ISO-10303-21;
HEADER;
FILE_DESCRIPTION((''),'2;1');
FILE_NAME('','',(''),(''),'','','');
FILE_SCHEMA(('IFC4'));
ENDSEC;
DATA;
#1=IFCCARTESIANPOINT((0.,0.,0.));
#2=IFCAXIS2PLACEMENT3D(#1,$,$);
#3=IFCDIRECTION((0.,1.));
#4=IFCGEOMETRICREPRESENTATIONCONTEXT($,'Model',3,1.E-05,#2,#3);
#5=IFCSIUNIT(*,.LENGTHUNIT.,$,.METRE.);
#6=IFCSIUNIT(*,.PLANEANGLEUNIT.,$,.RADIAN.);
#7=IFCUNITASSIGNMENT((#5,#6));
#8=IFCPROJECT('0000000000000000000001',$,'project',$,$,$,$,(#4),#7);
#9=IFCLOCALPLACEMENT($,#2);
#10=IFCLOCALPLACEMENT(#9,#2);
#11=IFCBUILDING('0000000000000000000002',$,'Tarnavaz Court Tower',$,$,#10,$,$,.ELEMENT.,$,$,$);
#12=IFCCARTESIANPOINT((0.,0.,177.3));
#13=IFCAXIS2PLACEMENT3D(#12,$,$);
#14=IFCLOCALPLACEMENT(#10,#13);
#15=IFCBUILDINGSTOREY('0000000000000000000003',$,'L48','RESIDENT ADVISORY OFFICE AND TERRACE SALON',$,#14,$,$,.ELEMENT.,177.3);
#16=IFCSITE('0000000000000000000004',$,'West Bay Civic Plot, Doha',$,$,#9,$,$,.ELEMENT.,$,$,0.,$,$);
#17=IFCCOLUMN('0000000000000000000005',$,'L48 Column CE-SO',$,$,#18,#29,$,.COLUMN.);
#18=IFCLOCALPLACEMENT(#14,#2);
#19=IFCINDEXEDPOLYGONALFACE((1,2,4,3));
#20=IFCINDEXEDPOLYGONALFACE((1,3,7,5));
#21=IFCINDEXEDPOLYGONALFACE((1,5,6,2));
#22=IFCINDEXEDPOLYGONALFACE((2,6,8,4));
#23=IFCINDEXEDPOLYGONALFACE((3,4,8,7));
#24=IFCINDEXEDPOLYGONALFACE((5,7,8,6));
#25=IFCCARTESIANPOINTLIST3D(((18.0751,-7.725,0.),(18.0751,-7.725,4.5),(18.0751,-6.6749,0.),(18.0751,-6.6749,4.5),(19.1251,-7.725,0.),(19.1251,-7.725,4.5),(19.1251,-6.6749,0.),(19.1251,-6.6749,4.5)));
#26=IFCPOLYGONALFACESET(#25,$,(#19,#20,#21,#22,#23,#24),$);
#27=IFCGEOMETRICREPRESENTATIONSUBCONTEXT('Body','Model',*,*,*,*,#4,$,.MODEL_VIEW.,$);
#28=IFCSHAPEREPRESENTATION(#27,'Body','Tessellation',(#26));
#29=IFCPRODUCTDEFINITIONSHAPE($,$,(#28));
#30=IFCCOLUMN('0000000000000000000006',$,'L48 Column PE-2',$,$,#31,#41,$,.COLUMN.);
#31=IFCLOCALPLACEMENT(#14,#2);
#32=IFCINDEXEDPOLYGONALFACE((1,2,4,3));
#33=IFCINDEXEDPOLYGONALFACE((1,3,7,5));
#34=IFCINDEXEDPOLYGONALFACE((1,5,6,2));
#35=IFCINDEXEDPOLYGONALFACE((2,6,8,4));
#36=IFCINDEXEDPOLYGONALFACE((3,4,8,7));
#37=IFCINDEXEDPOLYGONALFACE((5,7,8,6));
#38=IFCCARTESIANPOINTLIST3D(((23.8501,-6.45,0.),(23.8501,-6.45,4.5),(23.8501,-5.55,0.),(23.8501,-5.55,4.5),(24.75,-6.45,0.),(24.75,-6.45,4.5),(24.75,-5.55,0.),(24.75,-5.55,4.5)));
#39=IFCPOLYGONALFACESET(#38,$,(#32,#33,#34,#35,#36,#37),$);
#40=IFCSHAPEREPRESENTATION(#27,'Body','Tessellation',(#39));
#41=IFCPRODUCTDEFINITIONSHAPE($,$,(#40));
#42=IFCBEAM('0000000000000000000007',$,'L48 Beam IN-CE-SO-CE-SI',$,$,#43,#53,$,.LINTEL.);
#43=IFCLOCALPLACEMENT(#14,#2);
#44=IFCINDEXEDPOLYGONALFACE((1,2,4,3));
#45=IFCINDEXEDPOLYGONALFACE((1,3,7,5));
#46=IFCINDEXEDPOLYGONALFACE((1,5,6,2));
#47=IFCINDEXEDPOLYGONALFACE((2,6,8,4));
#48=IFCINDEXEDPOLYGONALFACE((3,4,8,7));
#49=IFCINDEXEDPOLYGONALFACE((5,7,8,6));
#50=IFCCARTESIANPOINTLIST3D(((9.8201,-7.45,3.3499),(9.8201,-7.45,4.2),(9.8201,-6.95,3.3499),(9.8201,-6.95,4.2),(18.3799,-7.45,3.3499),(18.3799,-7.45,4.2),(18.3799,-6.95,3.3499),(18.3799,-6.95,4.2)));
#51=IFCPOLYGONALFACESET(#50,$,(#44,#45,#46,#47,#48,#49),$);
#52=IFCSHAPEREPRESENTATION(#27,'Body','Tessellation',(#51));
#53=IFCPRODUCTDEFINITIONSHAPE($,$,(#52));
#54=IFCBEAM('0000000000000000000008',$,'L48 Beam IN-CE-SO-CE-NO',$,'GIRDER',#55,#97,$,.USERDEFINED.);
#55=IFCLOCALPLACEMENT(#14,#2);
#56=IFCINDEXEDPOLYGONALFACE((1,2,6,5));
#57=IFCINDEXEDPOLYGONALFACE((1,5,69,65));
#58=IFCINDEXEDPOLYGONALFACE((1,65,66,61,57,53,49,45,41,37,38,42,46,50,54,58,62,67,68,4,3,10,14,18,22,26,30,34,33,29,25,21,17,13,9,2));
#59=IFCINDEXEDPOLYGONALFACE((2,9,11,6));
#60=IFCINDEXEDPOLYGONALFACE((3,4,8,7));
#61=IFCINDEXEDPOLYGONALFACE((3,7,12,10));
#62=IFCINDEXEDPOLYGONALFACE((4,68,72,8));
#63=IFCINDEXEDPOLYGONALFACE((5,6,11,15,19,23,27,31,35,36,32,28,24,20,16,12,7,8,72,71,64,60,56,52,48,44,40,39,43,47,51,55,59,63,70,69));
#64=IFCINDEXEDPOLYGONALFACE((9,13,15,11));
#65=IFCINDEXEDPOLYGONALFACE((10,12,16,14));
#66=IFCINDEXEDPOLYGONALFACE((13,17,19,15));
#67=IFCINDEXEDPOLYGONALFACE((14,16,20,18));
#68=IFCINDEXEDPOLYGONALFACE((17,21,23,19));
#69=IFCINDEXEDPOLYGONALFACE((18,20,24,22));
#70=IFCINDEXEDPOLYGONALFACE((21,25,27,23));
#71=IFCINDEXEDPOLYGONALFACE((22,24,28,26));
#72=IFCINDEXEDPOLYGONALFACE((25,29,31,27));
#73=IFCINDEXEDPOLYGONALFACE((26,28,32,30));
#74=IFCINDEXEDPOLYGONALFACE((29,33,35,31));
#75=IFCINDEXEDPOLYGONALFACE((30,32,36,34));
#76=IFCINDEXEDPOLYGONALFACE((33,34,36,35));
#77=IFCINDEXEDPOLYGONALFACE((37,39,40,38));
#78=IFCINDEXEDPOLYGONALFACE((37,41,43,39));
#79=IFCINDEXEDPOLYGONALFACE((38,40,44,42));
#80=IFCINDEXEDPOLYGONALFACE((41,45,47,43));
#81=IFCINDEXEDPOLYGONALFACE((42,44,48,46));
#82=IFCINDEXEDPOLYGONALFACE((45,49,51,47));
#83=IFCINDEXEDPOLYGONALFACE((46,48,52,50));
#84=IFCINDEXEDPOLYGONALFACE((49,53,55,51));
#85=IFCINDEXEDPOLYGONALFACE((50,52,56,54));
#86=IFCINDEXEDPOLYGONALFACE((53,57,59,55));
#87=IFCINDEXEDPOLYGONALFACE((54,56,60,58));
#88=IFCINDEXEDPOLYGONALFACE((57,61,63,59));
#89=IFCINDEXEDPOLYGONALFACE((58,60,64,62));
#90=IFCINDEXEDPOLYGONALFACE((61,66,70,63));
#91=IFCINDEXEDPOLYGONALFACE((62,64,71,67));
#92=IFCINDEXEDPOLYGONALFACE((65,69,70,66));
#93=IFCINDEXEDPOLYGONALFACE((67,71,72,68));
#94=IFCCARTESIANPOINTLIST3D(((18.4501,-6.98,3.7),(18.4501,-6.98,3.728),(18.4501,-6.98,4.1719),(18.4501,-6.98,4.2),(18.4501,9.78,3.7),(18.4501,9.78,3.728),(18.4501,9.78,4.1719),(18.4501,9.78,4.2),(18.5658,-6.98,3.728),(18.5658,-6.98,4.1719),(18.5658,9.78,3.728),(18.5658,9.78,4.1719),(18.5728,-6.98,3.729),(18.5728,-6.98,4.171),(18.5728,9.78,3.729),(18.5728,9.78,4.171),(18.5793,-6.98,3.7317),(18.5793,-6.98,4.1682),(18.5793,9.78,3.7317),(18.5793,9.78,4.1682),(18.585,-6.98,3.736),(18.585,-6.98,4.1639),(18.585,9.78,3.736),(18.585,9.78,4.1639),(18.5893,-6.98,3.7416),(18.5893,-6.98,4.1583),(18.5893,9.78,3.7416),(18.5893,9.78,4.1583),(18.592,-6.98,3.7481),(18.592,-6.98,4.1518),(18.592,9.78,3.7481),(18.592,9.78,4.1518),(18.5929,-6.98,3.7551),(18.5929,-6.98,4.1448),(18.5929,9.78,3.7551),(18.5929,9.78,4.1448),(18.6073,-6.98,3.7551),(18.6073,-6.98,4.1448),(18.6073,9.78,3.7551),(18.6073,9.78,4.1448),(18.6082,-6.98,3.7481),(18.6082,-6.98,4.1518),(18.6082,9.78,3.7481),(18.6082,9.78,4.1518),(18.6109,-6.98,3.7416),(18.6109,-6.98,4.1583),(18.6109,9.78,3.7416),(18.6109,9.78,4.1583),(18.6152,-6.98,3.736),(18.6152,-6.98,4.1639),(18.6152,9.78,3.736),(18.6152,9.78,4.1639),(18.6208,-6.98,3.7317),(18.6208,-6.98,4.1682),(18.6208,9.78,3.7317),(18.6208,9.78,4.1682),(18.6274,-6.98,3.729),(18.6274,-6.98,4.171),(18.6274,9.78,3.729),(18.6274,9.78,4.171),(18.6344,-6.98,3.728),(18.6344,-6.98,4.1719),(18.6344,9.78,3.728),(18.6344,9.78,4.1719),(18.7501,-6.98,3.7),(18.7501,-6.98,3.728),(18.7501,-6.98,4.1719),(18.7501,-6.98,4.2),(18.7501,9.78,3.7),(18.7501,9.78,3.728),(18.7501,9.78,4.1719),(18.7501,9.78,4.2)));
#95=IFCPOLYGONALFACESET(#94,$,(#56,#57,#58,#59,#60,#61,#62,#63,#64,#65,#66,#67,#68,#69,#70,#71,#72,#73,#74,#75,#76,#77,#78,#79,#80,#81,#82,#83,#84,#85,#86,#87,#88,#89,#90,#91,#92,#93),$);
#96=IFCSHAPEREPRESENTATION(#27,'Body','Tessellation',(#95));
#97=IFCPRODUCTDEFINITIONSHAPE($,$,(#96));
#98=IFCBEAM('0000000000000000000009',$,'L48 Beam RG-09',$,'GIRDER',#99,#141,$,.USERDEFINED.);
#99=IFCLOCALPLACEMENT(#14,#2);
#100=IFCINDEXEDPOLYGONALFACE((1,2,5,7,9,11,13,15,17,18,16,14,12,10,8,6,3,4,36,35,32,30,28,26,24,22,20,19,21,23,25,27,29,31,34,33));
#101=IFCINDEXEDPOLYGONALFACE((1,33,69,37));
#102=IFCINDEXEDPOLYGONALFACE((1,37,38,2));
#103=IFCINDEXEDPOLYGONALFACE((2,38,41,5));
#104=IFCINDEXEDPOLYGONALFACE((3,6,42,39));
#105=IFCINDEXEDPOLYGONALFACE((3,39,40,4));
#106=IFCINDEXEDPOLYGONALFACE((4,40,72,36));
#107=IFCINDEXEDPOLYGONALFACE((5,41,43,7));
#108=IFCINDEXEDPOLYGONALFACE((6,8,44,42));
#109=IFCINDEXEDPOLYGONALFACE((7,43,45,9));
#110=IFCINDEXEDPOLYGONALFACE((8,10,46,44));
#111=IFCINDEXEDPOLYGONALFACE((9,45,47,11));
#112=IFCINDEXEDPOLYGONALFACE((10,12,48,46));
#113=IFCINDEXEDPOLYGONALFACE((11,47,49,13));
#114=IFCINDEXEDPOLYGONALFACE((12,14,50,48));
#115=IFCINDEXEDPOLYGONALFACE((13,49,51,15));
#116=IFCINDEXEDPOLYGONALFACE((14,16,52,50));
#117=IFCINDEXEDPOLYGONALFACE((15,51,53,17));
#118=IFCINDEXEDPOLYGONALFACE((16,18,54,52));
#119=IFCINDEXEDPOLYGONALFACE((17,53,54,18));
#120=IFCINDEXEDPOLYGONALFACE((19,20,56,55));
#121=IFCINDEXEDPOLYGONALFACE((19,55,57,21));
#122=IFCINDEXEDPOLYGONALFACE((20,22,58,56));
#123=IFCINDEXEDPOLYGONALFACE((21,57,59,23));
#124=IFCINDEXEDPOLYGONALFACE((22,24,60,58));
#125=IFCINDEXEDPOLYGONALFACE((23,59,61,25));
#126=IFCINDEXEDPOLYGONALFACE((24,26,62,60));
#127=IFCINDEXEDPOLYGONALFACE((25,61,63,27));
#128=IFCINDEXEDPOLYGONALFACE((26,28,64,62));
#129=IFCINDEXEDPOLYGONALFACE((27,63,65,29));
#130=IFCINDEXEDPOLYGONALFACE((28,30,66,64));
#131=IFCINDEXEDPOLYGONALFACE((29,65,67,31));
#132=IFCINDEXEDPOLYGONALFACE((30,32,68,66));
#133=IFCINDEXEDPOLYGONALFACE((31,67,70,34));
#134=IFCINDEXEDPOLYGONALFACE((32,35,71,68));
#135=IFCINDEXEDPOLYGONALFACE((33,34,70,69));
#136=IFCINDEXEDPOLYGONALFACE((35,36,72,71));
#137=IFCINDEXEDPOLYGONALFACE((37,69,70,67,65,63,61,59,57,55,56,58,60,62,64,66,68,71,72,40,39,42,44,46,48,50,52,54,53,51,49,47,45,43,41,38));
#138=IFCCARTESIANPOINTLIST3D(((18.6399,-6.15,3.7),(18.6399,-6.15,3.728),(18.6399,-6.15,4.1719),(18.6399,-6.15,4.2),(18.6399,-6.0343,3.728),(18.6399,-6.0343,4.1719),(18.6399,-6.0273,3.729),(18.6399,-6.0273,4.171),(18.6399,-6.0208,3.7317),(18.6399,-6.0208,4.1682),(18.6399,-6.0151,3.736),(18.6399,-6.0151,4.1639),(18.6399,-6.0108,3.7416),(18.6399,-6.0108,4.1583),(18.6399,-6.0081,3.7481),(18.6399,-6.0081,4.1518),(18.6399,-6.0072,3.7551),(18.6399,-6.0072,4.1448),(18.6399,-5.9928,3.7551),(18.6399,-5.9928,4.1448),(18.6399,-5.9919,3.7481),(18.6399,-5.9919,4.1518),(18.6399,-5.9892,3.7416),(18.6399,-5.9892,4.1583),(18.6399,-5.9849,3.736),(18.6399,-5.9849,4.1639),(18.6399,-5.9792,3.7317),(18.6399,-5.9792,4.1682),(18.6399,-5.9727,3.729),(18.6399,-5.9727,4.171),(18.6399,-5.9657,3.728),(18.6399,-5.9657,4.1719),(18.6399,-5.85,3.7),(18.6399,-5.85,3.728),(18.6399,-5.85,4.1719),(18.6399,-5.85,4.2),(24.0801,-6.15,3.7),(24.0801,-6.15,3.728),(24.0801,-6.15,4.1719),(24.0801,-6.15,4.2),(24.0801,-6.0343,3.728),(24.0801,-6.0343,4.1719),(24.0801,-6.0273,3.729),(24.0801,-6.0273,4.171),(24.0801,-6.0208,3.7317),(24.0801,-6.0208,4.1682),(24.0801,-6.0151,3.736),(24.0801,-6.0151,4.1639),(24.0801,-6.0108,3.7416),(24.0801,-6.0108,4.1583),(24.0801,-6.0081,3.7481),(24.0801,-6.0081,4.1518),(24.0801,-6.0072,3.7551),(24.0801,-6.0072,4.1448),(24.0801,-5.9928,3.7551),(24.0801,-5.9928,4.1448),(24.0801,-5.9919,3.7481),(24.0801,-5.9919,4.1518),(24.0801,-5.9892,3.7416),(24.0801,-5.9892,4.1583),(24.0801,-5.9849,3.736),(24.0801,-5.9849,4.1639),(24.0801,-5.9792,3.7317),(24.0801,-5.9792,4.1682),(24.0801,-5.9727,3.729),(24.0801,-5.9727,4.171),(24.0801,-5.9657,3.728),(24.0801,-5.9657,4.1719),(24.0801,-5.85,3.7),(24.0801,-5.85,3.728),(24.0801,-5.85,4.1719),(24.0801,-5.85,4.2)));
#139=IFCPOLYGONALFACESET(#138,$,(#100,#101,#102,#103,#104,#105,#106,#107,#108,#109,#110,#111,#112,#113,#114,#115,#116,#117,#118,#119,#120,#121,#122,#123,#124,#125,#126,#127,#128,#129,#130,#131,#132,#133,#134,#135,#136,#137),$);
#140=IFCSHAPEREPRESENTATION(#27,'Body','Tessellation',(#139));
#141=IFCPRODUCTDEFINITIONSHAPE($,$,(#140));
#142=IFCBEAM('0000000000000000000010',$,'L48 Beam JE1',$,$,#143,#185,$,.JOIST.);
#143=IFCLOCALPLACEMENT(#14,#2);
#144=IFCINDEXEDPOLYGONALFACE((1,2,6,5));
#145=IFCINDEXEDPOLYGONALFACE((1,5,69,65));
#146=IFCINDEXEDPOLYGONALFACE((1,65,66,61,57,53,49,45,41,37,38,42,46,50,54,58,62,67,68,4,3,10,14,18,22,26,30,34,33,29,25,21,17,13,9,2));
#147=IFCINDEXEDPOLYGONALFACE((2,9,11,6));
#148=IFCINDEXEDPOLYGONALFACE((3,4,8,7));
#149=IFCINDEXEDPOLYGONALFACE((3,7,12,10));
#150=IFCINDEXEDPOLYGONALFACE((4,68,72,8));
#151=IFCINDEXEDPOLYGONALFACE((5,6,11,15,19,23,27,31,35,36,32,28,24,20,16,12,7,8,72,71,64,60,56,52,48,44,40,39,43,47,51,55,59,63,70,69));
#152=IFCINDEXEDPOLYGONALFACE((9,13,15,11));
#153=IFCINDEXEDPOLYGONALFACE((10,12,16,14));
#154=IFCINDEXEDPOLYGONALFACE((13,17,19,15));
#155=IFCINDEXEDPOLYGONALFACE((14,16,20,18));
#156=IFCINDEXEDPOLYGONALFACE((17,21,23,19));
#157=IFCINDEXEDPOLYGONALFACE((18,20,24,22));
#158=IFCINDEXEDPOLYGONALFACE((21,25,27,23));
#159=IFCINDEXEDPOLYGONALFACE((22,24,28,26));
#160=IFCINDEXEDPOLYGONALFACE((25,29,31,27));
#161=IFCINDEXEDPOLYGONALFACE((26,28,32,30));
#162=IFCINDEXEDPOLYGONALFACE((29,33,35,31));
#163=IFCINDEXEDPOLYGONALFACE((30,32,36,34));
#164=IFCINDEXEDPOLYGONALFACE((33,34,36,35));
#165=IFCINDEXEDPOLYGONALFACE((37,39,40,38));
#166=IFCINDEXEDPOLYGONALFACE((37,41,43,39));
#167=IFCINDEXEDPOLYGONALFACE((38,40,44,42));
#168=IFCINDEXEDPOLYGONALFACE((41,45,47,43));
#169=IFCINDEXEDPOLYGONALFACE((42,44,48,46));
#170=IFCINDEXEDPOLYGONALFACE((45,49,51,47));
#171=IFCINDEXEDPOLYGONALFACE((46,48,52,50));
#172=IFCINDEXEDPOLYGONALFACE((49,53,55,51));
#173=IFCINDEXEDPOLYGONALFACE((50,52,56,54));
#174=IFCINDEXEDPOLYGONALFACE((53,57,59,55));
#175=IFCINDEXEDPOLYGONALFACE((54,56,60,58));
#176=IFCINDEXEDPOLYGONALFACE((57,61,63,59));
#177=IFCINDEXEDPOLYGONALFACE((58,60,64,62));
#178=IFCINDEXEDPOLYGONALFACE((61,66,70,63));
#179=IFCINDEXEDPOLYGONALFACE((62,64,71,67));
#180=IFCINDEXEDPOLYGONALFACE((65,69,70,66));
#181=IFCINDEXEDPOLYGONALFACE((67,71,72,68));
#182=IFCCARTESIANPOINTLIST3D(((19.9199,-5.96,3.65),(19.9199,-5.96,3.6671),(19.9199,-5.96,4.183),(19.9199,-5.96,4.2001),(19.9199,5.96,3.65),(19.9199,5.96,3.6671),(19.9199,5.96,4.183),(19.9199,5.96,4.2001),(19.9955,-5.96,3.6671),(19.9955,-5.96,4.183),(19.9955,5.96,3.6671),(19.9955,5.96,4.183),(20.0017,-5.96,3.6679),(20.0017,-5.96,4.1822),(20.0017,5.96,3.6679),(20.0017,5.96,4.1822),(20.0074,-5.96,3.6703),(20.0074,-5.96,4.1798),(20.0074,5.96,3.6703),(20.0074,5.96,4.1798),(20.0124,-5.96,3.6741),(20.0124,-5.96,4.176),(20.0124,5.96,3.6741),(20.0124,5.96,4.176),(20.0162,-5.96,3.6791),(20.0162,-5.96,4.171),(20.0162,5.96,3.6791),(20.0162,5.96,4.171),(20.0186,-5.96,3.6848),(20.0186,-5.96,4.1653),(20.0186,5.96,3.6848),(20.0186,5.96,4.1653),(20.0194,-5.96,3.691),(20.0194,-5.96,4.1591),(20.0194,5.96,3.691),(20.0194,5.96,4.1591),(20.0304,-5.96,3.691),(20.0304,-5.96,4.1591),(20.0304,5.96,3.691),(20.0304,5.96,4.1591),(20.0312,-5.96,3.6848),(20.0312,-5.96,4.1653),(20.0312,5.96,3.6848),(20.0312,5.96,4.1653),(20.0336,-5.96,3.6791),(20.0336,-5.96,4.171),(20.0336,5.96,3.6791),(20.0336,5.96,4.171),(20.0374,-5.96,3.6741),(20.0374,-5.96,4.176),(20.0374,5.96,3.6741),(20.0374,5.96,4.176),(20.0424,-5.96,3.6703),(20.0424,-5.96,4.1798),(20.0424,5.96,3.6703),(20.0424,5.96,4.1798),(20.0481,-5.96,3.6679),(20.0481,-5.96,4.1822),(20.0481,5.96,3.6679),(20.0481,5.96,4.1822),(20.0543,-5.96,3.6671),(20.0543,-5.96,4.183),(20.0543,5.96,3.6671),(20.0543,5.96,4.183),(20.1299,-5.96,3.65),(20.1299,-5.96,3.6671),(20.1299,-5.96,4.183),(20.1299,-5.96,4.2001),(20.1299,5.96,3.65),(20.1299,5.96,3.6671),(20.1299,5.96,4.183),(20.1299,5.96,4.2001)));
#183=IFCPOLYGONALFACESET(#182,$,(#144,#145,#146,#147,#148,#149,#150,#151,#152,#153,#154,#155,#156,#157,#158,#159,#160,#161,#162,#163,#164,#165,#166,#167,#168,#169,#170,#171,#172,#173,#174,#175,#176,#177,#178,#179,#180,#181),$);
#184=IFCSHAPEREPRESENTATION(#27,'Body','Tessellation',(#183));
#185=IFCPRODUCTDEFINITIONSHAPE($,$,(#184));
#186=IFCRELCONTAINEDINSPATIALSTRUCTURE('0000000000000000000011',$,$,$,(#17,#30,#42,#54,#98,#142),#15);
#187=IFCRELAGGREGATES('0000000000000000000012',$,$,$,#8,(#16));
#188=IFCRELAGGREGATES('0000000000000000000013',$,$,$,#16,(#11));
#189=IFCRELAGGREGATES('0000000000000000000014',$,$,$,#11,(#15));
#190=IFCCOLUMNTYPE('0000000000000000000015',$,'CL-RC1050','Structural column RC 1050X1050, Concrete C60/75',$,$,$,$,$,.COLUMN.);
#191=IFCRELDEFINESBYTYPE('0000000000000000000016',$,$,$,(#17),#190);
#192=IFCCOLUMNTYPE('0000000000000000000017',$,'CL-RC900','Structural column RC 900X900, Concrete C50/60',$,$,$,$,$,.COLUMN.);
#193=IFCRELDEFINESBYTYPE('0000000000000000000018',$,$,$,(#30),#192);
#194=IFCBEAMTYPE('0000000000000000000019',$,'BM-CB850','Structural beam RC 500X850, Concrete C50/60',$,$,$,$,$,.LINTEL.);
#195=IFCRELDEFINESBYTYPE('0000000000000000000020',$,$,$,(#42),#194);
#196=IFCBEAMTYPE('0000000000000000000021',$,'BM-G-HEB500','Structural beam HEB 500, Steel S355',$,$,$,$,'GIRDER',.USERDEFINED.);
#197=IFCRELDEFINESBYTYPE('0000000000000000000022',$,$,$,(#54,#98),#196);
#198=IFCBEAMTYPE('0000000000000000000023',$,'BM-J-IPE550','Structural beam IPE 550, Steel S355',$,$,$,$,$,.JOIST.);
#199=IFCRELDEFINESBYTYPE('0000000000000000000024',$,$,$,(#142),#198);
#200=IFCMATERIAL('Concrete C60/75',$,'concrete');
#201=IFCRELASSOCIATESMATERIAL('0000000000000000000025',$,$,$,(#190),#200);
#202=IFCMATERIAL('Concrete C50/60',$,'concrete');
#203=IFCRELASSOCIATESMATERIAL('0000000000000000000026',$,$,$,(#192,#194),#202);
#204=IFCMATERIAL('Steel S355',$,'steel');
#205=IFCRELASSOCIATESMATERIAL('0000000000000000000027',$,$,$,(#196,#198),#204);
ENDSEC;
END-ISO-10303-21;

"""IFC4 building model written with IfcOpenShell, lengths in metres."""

from ifc_helpers import new_model, si_unit, direction, frame, origin, origin_2d, place, context, subcontext, project, spatial, rectangle, i_section, extrude, material, material_profile, profile_set, type_object, element, save


model = new_model("IFC4")

# Units and contexts
model_context = context("Model", 3, precision=1e-05, world=origin(), true_north=direction((0.0, 1.0)))
body_context = subcontext(model_context, "Body", "Model", "MODEL_VIEW")
ifc_project = project(units=[si_unit("LENGTHUNIT", "METRE"), si_unit("PLANEANGLEUNIT", "RADIAN")], contexts=[model_context])

# Site, building, storey
site_placement = place(None, origin())
site = spatial("IfcSite", under=ifc_project, at=site_placement, Name="West Bay Civic Plot, Doha", CompositionType="ELEMENT", RefElevation=0.0)
building_placement = place(site_placement, origin())
building = spatial("IfcBuilding", under=site, at=building_placement, Name="Tarnavaz Court Tower", CompositionType="ELEMENT")
storey_placement = place(building_placement, frame((0.0, 0.0, 177.3)))
storey = spatial("IfcBuildingStorey", under=building, at=storey_placement, Name="L48", Description="RESIDENT ADVISORY OFFICE AND TERRACE SALON", CompositionType="ELEMENT", Elevation=177.3)

# Columns
ifc_material_1 = material(Name="Concrete C60/75", Category="concrete")
ifc_material_profile_1 = material_profile(ifc_material_1, rectangle(XDim=1.05, YDim=1.05, at=origin_2d()), Name="RC 1050X1050")
ifc_profile_set_1 = profile_set([ifc_material_profile_1], Name="Concrete C60/75")
column_type_1 = type_object("IfcColumnType", Name="CL-RC1050", Description="Structural column RC 1050X1050, Concrete C60/75", PredefinedType="COLUMN", material=ifc_profile_set_1)
column_1_placement = place(storey_placement, frame((18.6001, -7.2, 0.0), z_axis=(0.0, 0.0, 1.0), x_axis=(1.0, 0.0, 0.0)))
element("IfcColumn", 1, at=column_1_placement, inside=storey, type_object=column_type_1, Name="L48 Column CE-SO", PredefinedType="COLUMN", context=body_context, shape_type="SweptSolid", body=[
    extrude(rectangle(XDim=1.05, YDim=1.05, at=origin_2d()), origin(), (0.0, 0.0, 1.0), 4.5),
])
ifc_material_2 = material(Name="Concrete C50/60", Category="concrete")
ifc_material_profile_2 = material_profile(ifc_material_2, rectangle(XDim=0.8999, YDim=0.8999, at=origin_2d()), Name="RC 900X900")
ifc_profile_set_2 = profile_set([ifc_material_profile_2], Name="Concrete C50/60")
column_type_2 = type_object("IfcColumnType", Name="CL-RC900", Description="Structural column RC 900X900, Concrete C50/60", PredefinedType="COLUMN", material=ifc_profile_set_2)
column_2_placement = place(storey_placement, frame((24.3, -6.0, 0.0), z_axis=(0.0, 0.0, 1.0), x_axis=(1.0, 0.0, 0.0)))
element("IfcColumn", 2, at=column_2_placement, inside=storey, type_object=column_type_2, Name="L48 Column PE-2", PredefinedType="COLUMN", context=body_context, shape_type="SweptSolid", body=[
    extrude(rectangle(XDim=0.8999, YDim=0.8999, at=origin_2d()), origin(), (0.0, 0.0, 1.0), 4.5),
])

# Beams
ifc_material_profile_3 = material_profile(ifc_material_2, rectangle(XDim=0.5, YDim=0.8501, at=origin_2d()), Name="RC 500X850")
ifc_profile_set_3 = profile_set([ifc_material_profile_3], Name="Concrete C50/60")
beam_type_1 = type_object("IfcBeamType", Name="BM-CB850", Description="Structural beam RC 500X850, Concrete C50/60", PredefinedType="LINTEL", material=ifc_profile_set_3)
beam_1_placement = place(storey_placement, frame((18.3799, -7.2, 3.7749), z_axis=(-1.0, 0.0, 0.0), x_axis=(0.0, -1.0, 0.0)))
element("IfcBeam", 3, at=beam_1_placement, inside=storey, type_object=beam_type_1, Name="L48 Beam IN-CE-SO-CE-SI", PredefinedType="LINTEL", context=body_context, shape_type="SweptSolid", body=[
    extrude(rectangle(XDim=0.5, YDim=0.8501, at=origin_2d()), origin(), (0.0, 0.0, 1.0), 8.5598),
])
ifc_material_3 = material(Name="Steel S355", Category="steel")
ifc_material_profile_4 = material_profile(ifc_material_3, i_section(OverallWidth=0.3, OverallDepth=0.5, WebThickness=0.0144, FlangeThickness=0.0281, FilletRadius=0.0271, at=origin_2d()), Name="HEB 500")
ifc_profile_set_4 = profile_set([ifc_material_profile_4], Name="Steel S355")
beam_type_2 = type_object("IfcBeamType", Name="BM-G-HEB500", Description="Structural beam HEB 500, Steel S355", ElementType="GIRDER", PredefinedType="USERDEFINED", material=ifc_profile_set_4)
beam_2_placement = place(storey_placement, frame((18.6001, -6.98, 3.95), z_axis=(0.0, 1.0, 0.0), x_axis=(-1.0, 0.0, 0.0)))
element("IfcBeam", 4, at=beam_2_placement, inside=storey, type_object=beam_type_2, Name="L48 Beam IN-CE-SO-CE-NO", ObjectType="GIRDER", PredefinedType="USERDEFINED", context=body_context, shape_type="SweptSolid", body=[
    extrude(i_section(OverallWidth=0.3, OverallDepth=0.5, WebThickness=0.0144, FlangeThickness=0.0281, FilletRadius=0.0271, at=origin_2d()), origin(), (0.0, 0.0, 1.0), 16.76),
])
beam_3_placement = place(storey_placement, frame((18.6399, -6.0, 3.95), z_axis=(1.0, 0.0, 0.0), x_axis=(0.0, 1.0, 0.0)))
element("IfcBeam", 5, at=beam_3_placement, inside=storey, type_object=beam_type_2, Name="L48 Beam RG-09", ObjectType="GIRDER", PredefinedType="USERDEFINED", context=body_context, shape_type="SweptSolid", body=[
    extrude(i_section(OverallWidth=0.3, OverallDepth=0.5, WebThickness=0.0144, FlangeThickness=0.0281, FilletRadius=0.0271, at=origin_2d()), origin(), (0.0, 0.0, 1.0), 5.4402),
])
ifc_material_profile_5 = material_profile(ifc_material_3, i_section(OverallWidth=0.21, OverallDepth=0.55, WebThickness=0.011, FlangeThickness=0.0171, FilletRadius=0.0239, at=origin_2d()), Name="IPE 550")
ifc_profile_set_5 = profile_set([ifc_material_profile_5], Name="Steel S355")
beam_type_3 = type_object("IfcBeamType", Name="BM-J-IPE550", Description="Structural beam IPE 550, Steel S355", PredefinedType="JOIST", material=ifc_profile_set_5)
for number, where, z_axis, x_axis, name in (
    (6, (20.0249, -5.96, 3.925), (0.0, 1.0, 0.0), (-1.0, 0.0, 0.0), "L48 Beam JE1"),
):
    element("IfcBeam", number, at=place(storey_placement, frame(where, z_axis=z_axis, x_axis=x_axis)), inside=storey, type_object=beam_type_3, Name=name, PredefinedType="JOIST", context=body_context, shape_type="SweptSolid", body=[
        extrude(i_section(OverallWidth=0.21, OverallDepth=0.55, WebThickness=0.011, FlangeThickness=0.0171, FilletRadius=0.0239, at=origin_2d()), origin(), (0.0, 0.0, 1.0), 11.9199),
    ])

save(model, "model.ifc")
